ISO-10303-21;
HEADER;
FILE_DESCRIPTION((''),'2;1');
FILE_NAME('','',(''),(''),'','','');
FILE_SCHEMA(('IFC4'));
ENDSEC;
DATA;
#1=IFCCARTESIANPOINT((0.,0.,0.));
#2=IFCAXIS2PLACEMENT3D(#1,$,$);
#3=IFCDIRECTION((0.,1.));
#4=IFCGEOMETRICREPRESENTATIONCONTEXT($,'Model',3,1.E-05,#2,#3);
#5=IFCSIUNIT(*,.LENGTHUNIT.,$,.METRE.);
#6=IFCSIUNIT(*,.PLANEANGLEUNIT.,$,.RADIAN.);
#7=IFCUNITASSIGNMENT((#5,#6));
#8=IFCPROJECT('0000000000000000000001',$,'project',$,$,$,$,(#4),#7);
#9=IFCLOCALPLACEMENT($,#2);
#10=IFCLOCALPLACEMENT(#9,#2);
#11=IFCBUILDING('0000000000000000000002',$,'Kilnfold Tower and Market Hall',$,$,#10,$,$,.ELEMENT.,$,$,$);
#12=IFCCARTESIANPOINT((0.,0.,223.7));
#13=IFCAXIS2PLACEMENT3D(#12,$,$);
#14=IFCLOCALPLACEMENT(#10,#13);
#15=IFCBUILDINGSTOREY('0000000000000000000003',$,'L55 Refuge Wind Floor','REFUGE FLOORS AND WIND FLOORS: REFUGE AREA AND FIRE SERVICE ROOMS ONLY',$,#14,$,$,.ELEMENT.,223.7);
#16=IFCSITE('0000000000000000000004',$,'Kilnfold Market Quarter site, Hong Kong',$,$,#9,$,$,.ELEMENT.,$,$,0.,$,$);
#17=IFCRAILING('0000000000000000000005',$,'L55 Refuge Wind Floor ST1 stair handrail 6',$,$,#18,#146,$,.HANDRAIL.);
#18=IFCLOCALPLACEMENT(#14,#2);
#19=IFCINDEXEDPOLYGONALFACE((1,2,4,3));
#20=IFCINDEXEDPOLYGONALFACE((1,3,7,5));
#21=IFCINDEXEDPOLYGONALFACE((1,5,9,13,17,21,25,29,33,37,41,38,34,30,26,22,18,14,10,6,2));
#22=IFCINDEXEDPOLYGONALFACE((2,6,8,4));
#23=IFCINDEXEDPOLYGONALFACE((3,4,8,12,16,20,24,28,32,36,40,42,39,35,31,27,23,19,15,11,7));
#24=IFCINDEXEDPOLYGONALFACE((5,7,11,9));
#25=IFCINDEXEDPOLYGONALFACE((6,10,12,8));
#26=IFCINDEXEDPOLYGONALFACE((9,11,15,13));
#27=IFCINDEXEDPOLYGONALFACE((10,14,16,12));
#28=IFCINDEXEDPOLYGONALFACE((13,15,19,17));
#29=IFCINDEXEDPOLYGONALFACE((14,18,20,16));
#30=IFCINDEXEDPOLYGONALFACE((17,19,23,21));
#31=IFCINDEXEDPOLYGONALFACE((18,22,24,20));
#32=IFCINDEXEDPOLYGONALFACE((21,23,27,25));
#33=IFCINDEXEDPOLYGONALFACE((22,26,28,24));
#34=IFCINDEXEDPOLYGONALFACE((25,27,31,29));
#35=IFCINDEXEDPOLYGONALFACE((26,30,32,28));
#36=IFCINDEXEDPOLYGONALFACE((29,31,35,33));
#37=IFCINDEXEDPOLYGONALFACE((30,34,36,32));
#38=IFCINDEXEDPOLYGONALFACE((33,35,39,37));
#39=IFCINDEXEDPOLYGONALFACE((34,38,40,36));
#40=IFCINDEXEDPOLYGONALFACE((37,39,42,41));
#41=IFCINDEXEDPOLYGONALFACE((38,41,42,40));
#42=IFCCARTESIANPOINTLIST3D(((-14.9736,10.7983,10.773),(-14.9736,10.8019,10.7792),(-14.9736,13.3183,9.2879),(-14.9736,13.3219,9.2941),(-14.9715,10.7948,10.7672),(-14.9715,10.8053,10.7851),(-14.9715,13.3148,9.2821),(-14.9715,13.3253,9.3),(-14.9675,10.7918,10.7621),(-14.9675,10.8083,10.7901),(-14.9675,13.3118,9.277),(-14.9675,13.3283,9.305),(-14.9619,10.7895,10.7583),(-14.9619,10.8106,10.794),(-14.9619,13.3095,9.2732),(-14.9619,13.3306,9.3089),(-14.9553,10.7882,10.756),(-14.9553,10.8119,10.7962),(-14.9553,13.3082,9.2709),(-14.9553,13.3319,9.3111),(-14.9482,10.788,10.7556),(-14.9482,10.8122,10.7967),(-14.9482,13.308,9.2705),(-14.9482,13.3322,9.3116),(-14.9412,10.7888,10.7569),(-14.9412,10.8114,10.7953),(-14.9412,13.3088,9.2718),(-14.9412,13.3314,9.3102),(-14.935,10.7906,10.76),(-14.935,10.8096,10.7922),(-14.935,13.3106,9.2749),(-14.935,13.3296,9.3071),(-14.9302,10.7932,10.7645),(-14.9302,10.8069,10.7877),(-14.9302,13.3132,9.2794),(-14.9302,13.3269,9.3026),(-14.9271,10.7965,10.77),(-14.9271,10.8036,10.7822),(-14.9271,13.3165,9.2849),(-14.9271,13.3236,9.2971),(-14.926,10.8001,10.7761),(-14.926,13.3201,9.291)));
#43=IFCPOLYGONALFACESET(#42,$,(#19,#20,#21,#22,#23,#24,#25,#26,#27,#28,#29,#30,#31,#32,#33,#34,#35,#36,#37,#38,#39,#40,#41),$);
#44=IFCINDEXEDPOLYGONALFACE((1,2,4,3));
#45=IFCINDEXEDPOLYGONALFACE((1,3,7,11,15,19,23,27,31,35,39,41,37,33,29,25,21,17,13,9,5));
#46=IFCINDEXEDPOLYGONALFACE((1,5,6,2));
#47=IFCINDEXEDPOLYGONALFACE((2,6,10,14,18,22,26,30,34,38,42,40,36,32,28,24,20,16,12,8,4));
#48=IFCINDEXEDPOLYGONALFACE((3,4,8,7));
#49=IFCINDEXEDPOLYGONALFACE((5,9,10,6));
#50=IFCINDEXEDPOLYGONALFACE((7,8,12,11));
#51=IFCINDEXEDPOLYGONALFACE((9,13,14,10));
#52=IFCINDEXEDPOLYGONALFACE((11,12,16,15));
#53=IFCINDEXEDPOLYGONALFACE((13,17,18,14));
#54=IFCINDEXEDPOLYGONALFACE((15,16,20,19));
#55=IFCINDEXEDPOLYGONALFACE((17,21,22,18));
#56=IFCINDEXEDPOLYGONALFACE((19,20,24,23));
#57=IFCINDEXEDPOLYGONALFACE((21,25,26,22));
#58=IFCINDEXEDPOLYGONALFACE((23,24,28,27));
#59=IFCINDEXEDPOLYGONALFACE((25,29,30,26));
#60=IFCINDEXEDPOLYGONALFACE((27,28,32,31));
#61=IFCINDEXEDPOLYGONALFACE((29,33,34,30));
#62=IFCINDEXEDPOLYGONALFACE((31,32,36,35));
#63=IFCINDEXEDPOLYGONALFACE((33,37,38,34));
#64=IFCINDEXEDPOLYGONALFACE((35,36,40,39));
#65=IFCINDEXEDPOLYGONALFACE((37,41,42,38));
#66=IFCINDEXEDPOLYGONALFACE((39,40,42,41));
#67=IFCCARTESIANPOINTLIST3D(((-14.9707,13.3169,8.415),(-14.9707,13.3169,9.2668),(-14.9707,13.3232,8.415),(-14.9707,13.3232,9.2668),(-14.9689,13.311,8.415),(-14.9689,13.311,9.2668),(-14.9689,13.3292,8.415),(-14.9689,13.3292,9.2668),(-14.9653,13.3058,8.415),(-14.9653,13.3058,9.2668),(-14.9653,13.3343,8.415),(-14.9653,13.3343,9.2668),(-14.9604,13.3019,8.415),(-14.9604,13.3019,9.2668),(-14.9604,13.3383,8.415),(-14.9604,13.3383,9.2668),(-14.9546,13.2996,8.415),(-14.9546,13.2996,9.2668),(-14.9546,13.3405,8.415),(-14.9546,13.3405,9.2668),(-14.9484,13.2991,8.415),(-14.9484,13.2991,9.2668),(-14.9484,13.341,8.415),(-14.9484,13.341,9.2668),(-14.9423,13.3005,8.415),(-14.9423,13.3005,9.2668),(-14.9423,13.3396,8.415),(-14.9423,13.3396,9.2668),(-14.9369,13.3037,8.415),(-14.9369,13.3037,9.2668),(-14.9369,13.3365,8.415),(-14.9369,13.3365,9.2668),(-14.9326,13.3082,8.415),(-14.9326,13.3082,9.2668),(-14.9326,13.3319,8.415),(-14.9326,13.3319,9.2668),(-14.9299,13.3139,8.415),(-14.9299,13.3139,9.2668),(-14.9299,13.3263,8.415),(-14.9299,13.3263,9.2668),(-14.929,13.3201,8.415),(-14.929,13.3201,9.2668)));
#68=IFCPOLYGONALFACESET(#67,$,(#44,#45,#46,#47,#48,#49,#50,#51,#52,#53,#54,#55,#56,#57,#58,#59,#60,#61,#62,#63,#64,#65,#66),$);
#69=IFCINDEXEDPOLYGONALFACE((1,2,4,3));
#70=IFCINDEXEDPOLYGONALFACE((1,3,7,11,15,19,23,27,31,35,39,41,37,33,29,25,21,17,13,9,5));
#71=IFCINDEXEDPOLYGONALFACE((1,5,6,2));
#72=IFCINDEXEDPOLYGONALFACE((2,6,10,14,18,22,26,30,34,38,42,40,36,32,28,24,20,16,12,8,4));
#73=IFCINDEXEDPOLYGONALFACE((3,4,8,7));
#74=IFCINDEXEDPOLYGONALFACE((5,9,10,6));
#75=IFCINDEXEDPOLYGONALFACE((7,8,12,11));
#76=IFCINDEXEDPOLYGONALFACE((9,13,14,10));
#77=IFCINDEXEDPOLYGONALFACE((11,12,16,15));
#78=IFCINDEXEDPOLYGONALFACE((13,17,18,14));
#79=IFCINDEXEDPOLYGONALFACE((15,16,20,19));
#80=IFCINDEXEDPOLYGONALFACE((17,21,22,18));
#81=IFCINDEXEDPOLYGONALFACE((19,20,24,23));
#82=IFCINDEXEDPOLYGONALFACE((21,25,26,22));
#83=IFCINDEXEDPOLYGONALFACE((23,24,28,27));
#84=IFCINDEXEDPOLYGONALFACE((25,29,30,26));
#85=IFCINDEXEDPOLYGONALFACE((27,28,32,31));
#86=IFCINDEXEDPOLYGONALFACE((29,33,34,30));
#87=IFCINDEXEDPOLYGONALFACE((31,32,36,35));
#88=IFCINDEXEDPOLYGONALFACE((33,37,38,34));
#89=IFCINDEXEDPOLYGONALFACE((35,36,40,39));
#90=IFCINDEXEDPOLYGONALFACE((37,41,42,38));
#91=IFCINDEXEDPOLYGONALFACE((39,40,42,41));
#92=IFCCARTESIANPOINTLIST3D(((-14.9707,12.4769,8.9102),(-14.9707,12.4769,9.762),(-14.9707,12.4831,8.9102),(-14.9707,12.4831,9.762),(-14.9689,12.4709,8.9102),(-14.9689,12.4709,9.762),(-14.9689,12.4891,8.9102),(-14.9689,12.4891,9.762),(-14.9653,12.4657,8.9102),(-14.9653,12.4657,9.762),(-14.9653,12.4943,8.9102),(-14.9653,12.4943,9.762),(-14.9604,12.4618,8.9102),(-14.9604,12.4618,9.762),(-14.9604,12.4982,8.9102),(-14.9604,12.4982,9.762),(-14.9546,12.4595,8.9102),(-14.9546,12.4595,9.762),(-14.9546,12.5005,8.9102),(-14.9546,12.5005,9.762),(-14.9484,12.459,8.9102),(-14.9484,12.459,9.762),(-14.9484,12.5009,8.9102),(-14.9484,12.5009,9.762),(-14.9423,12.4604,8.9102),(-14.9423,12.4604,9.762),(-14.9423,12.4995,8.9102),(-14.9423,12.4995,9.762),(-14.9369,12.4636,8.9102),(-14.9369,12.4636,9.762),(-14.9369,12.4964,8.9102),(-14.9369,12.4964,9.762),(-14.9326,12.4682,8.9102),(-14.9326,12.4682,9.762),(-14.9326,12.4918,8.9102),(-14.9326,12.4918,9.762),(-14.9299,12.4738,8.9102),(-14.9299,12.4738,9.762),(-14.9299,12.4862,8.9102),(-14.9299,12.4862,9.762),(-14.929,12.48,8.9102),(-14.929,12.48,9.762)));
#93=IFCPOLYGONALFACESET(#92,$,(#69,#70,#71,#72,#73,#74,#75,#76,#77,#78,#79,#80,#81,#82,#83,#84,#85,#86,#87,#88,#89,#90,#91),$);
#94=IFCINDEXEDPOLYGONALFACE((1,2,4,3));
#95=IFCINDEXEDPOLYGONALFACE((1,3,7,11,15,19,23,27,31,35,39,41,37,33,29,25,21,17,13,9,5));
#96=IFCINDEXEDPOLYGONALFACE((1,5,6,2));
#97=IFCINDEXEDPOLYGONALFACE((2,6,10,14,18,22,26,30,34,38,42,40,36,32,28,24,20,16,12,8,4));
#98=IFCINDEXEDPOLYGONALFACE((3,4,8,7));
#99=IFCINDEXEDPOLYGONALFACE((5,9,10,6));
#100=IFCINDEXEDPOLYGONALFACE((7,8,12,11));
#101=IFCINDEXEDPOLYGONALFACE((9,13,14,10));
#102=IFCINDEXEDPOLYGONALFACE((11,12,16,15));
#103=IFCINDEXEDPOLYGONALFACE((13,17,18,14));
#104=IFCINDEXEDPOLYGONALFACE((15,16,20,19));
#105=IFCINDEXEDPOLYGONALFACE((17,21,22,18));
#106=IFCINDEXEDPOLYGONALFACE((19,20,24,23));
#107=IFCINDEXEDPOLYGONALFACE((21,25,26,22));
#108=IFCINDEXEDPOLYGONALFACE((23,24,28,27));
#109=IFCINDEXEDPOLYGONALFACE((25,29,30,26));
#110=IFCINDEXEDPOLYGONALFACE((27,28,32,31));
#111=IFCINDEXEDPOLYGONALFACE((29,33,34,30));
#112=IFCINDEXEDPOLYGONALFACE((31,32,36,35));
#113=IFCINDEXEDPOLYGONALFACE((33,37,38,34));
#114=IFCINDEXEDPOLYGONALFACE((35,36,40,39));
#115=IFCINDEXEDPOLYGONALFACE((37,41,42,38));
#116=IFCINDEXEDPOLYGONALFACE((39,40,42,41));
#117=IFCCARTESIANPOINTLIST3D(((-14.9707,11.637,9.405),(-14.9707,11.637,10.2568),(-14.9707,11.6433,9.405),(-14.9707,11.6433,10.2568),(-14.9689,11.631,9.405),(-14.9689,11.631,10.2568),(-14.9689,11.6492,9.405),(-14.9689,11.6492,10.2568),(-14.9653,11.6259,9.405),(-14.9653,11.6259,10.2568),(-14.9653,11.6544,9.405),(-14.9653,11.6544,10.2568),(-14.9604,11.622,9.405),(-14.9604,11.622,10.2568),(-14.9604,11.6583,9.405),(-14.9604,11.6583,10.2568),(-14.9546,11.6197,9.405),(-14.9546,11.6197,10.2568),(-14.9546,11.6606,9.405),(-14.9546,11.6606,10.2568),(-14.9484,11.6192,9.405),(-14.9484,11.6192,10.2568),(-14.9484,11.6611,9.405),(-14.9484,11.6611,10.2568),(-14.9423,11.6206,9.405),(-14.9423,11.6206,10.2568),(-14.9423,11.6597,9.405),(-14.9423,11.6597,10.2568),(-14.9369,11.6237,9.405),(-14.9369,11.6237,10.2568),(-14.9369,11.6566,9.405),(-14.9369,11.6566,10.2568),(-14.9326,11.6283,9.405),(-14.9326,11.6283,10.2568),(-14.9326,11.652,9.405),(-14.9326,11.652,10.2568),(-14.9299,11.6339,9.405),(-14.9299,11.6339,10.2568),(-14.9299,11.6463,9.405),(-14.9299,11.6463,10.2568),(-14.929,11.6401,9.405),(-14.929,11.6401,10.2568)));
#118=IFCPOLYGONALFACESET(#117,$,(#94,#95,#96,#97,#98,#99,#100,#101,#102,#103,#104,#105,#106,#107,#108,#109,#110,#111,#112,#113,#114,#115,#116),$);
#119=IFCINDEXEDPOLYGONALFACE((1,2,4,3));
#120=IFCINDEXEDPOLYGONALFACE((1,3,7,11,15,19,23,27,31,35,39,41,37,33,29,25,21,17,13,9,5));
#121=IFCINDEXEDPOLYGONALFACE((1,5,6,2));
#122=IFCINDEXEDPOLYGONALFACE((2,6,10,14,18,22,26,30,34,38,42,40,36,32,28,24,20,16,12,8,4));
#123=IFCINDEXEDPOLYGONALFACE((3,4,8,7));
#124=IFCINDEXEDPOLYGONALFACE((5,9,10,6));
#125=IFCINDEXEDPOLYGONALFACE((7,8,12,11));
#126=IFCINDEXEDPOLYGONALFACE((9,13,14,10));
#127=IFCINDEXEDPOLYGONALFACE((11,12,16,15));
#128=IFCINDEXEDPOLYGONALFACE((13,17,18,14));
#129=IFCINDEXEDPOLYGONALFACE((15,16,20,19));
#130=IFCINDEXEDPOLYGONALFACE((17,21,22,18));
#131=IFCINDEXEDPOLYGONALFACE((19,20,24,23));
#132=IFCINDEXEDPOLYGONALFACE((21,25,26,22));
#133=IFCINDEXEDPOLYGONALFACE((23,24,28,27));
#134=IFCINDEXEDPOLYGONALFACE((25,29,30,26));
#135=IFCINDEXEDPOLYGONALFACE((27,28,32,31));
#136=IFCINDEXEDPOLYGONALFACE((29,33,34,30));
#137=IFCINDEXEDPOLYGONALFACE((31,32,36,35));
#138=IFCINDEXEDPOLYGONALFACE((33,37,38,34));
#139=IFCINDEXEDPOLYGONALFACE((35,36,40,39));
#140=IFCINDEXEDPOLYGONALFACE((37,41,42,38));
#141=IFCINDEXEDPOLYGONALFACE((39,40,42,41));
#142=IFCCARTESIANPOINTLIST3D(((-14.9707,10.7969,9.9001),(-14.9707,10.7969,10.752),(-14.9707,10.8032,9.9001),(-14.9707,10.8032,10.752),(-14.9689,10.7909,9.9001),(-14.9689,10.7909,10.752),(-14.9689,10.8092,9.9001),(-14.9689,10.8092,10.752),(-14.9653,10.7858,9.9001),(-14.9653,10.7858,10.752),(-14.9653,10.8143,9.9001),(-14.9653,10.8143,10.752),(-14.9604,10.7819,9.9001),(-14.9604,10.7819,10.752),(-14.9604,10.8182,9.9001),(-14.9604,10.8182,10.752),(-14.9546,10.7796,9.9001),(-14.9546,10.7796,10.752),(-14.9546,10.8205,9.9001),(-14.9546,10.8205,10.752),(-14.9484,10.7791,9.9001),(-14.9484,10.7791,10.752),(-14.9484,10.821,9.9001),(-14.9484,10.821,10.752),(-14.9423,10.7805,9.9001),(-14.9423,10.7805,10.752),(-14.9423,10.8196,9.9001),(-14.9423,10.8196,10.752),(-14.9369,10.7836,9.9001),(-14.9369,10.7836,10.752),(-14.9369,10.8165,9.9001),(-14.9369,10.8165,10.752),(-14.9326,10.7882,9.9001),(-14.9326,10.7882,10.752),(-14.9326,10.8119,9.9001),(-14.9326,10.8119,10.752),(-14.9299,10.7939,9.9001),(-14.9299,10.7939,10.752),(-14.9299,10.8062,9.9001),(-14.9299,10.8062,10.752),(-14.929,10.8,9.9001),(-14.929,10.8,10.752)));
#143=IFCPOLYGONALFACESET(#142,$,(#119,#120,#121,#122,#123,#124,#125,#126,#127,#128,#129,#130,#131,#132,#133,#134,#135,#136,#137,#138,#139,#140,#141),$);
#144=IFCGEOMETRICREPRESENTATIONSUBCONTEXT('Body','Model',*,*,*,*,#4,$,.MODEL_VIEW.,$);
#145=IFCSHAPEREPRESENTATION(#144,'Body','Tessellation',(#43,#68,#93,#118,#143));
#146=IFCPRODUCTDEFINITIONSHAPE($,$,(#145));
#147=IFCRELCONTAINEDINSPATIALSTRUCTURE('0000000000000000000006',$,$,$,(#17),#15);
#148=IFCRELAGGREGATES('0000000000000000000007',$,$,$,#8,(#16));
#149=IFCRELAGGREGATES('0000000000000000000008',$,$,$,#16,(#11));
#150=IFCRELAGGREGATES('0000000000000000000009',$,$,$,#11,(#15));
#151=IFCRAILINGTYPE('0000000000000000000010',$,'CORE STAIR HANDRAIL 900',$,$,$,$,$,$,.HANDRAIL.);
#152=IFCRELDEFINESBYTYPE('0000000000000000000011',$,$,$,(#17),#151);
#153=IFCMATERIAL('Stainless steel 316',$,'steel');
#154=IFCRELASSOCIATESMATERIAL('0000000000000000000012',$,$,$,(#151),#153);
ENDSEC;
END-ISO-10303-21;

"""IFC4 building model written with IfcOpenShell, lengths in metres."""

from ifc_helpers import new_model, si_unit, direction, frame, origin, origin_2d, place, context, subcontext, project, spatial, circle, extrude, material, type_object, element, save


model = new_model("IFC4")

# Units and contexts
model_context = context("Model", 3, precision=1e-05, world=origin(), true_north=direction((0.0, 1.0)))
body_context = subcontext(model_context, "Body", "Model", "MODEL_VIEW")
ifc_project = project(units=[si_unit("LENGTHUNIT", "METRE"), si_unit("PLANEANGLEUNIT", "RADIAN")], contexts=[model_context])

# Site, building, storey
site_placement = place(None, origin())
site = spatial("IfcSite", under=ifc_project, at=site_placement, Name="Kilnfold Market Quarter site, Hong Kong", CompositionType="ELEMENT", RefElevation=0.0)
building_placement = place(site_placement, origin())
building = spatial("IfcBuilding", under=site, at=building_placement, Name="Kilnfold Tower and Market Hall", CompositionType="ELEMENT")
storey_placement = place(building_placement, frame((0.0, 0.0, 223.7)))
storey = spatial("IfcBuildingStorey", under=building, at=storey_placement, Name="L55 Refuge Wind Floor", Description="REFUGE FLOORS AND WIND FLOORS: REFUGE AREA AND FIRE SERVICE ROOMS ONLY", CompositionType="ELEMENT", Elevation=223.7)

# Railing
ifc_material_1 = material(Name="Stainless steel 316", Category="steel")
railing_type_1 = type_object("IfcRailingType", Name="CORE STAIR HANDRAIL 900", PredefinedType="HANDRAIL", material=ifc_material_1)
railing_1_placement = place(storey_placement, frame((-14.95, 13.3201, 8.415)))
element("IfcRailing", 1, at=railing_1_placement, inside=storey, type_object=railing_type_1, Name="L55 Refuge Wind Floor ST1 stair handrail 6", PredefinedType="HANDRAIL", context=body_context, shape_type="SweptSolid", body=[
    extrude(circle(Radius=0.0239, at=origin_2d()), frame((0.0, 0.0, 0.876), z_axis=(0.0, -0.861524, 0.507717), x_axis=(1.0, 0.0, 0.0)), (0.0, 0.0, 1.0), 2.925),
    extrude(circle(Radius=0.021, at=origin_2d()), origin(), (0.0, 0.0, 1.0), 0.8518),
    extrude(circle(Radius=0.021, at=origin_2d()), frame((0.0, -0.8401, 0.4951)), (0.0, 0.0, 1.0), 0.8518),
    extrude(circle(Radius=0.021, at=origin_2d()), frame((0.0, -1.6799, 0.99)), (0.0, 0.0, 1.0), 0.8518),
    extrude(circle(Radius=0.021, at=origin_2d()), frame((0.0, -2.52, 1.4851)), (0.0, 0.0, 1.0), 0.8518),
])

save(model, "model.ifc")
